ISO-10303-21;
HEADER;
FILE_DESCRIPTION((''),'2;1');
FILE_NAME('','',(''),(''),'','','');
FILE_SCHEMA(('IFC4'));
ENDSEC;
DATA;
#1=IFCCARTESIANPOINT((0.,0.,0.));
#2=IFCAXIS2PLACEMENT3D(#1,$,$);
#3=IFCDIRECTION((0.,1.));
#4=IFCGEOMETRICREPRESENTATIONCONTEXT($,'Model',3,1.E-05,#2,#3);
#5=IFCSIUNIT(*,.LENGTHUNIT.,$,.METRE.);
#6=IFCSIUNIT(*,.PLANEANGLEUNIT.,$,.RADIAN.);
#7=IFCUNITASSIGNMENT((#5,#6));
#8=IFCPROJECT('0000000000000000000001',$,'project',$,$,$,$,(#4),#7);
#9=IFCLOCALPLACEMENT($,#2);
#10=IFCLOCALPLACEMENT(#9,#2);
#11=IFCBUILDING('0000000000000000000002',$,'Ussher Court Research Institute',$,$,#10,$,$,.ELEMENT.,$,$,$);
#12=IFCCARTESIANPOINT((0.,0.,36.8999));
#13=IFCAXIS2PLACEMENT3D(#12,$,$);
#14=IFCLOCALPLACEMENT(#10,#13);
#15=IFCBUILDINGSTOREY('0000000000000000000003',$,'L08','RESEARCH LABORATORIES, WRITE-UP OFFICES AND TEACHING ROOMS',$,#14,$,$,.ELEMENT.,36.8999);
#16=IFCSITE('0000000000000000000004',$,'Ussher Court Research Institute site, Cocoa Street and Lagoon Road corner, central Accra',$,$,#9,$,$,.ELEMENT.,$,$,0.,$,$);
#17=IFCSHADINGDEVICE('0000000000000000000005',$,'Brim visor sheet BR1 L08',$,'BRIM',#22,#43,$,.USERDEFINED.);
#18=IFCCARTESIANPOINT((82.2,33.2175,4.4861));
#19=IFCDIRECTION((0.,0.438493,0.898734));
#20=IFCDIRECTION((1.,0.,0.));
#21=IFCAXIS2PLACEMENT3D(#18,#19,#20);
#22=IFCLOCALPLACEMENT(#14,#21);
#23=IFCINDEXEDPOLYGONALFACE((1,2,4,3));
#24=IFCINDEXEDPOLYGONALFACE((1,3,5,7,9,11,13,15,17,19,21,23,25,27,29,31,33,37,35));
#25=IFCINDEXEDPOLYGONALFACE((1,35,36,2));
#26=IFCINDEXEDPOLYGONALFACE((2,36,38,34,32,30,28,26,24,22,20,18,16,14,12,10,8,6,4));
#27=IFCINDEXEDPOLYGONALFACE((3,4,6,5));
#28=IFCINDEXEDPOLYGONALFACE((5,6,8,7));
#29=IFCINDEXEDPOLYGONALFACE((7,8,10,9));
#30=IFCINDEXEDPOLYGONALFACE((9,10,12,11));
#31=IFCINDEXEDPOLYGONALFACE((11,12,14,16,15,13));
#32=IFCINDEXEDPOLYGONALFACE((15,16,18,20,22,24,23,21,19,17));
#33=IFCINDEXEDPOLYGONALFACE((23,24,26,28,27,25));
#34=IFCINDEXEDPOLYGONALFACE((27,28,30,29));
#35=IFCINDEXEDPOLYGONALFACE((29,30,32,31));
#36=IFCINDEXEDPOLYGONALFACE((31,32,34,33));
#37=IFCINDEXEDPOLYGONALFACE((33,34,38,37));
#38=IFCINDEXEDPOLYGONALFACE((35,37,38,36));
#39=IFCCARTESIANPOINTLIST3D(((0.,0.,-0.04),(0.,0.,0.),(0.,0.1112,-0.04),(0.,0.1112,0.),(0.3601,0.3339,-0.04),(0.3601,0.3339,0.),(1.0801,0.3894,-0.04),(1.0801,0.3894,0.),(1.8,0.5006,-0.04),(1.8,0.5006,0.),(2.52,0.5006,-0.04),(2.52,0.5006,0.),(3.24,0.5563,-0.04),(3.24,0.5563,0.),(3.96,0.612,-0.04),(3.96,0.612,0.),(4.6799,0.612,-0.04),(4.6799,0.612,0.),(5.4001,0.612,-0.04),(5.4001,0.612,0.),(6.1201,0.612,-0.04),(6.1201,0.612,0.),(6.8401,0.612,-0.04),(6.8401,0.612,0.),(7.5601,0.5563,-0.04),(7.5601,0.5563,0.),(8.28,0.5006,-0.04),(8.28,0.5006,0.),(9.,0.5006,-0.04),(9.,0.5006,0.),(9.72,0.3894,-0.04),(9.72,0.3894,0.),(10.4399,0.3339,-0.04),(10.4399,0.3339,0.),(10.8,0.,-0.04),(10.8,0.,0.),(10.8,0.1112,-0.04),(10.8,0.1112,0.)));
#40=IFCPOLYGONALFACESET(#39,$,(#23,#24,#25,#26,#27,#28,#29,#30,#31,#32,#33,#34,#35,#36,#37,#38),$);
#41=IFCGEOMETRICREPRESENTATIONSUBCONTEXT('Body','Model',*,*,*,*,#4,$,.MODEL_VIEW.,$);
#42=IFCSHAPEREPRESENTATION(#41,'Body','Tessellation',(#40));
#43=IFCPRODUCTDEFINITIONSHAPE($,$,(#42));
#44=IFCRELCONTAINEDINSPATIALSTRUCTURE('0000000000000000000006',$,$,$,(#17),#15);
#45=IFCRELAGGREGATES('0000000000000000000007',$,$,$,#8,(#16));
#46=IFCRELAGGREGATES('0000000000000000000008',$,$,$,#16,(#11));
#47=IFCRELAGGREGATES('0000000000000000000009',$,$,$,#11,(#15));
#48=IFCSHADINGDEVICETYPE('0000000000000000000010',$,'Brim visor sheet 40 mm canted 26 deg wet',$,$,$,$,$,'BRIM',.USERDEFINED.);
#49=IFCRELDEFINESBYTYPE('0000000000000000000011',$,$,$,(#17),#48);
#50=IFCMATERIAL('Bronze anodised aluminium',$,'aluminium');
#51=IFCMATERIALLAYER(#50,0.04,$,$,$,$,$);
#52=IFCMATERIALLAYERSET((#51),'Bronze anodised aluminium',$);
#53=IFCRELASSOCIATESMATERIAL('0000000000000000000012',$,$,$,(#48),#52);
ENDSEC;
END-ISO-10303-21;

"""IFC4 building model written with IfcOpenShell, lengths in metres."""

from ifc_helpers import new_model, si_unit, direction, frame, origin, place, context, subcontext, project, spatial, polyline, outline, extrude, material, layer, layer_set, type_object, element, save


model = new_model("IFC4")

# Units and contexts
model_context = context("Model", 3, precision=1e-05, world=origin(), true_north=direction((0.0, 1.0)))
body_context = subcontext(model_context, "Body", "Model", "MODEL_VIEW")
ifc_project = project(units=[si_unit("LENGTHUNIT", "METRE"), si_unit("PLANEANGLEUNIT", "RADIAN")], contexts=[model_context])

# Site, building, storey
site_placement = place(None, origin())
site = spatial("IfcSite", under=ifc_project, at=site_placement, Name="Ussher Court Research Institute site, Cocoa Street and Lagoon Road corner, central Accra", CompositionType="ELEMENT", RefElevation=0.0)
building_placement = place(site_placement, origin())
building = spatial("IfcBuilding", under=site, at=building_placement, Name="Ussher Court Research Institute", CompositionType="ELEMENT")
storey_placement = place(building_placement, frame((0.0, 0.0, 36.8999)))
storey = spatial("IfcBuildingStorey", under=building, at=storey_placement, Name="L08", Description="RESEARCH LABORATORIES, WRITE-UP OFFICES AND TEACHING ROOMS", CompositionType="ELEMENT", Elevation=36.8999)

# Shading device
ifc_material_1 = material(Name="Bronze anodised aluminium", Category="aluminium")
ifc_layer_1 = layer(ifc_material_1, 0.04)
ifc_layer_set_1 = layer_set([ifc_layer_1], Name="Bronze anodised aluminium")
shading_device_type_1 = type_object("IfcShadingDeviceType", Name="Brim visor sheet 40 mm canted 26 deg wet", ElementType="BRIM", PredefinedType="USERDEFINED", material=ifc_layer_set_1)
shading_device_1_placement = place(storey_placement, frame((82.2, 33.2175, 4.4861), z_axis=(0.0, 0.438493, 0.898734), x_axis=(1.0, 0.0, 0.0)))
element("IfcShadingDevice", 1, at=shading_device_1_placement, inside=storey, type_object=shading_device_type_1, Name="Brim visor sheet BR1 L08", ObjectType="BRIM", PredefinedType="USERDEFINED", context=body_context, shape_type="SweptSolid", body=[
    extrude(outline(polyline([(0.0, 0.0), (10.8, 0.0), (10.8, 0.1112), (10.4399, 0.3339), (9.72, 0.3894), (9.0, 0.5006), (8.28, 0.5006), (7.5601, 0.5563), (6.8401, 0.612), (6.1201, 0.612), (5.4001, 0.612), (4.6799, 0.612), (3.96, 0.612), (3.24, 0.5563), (2.52, 0.5006), (1.8, 0.5006), (1.0801, 0.3894), (0.3601, 0.3339), (0.0, 0.1112), (0.0, 0.0)])), origin(), (0.0, 0.0, -1.0), 0.04),
])

save(model, "model.ifc")
